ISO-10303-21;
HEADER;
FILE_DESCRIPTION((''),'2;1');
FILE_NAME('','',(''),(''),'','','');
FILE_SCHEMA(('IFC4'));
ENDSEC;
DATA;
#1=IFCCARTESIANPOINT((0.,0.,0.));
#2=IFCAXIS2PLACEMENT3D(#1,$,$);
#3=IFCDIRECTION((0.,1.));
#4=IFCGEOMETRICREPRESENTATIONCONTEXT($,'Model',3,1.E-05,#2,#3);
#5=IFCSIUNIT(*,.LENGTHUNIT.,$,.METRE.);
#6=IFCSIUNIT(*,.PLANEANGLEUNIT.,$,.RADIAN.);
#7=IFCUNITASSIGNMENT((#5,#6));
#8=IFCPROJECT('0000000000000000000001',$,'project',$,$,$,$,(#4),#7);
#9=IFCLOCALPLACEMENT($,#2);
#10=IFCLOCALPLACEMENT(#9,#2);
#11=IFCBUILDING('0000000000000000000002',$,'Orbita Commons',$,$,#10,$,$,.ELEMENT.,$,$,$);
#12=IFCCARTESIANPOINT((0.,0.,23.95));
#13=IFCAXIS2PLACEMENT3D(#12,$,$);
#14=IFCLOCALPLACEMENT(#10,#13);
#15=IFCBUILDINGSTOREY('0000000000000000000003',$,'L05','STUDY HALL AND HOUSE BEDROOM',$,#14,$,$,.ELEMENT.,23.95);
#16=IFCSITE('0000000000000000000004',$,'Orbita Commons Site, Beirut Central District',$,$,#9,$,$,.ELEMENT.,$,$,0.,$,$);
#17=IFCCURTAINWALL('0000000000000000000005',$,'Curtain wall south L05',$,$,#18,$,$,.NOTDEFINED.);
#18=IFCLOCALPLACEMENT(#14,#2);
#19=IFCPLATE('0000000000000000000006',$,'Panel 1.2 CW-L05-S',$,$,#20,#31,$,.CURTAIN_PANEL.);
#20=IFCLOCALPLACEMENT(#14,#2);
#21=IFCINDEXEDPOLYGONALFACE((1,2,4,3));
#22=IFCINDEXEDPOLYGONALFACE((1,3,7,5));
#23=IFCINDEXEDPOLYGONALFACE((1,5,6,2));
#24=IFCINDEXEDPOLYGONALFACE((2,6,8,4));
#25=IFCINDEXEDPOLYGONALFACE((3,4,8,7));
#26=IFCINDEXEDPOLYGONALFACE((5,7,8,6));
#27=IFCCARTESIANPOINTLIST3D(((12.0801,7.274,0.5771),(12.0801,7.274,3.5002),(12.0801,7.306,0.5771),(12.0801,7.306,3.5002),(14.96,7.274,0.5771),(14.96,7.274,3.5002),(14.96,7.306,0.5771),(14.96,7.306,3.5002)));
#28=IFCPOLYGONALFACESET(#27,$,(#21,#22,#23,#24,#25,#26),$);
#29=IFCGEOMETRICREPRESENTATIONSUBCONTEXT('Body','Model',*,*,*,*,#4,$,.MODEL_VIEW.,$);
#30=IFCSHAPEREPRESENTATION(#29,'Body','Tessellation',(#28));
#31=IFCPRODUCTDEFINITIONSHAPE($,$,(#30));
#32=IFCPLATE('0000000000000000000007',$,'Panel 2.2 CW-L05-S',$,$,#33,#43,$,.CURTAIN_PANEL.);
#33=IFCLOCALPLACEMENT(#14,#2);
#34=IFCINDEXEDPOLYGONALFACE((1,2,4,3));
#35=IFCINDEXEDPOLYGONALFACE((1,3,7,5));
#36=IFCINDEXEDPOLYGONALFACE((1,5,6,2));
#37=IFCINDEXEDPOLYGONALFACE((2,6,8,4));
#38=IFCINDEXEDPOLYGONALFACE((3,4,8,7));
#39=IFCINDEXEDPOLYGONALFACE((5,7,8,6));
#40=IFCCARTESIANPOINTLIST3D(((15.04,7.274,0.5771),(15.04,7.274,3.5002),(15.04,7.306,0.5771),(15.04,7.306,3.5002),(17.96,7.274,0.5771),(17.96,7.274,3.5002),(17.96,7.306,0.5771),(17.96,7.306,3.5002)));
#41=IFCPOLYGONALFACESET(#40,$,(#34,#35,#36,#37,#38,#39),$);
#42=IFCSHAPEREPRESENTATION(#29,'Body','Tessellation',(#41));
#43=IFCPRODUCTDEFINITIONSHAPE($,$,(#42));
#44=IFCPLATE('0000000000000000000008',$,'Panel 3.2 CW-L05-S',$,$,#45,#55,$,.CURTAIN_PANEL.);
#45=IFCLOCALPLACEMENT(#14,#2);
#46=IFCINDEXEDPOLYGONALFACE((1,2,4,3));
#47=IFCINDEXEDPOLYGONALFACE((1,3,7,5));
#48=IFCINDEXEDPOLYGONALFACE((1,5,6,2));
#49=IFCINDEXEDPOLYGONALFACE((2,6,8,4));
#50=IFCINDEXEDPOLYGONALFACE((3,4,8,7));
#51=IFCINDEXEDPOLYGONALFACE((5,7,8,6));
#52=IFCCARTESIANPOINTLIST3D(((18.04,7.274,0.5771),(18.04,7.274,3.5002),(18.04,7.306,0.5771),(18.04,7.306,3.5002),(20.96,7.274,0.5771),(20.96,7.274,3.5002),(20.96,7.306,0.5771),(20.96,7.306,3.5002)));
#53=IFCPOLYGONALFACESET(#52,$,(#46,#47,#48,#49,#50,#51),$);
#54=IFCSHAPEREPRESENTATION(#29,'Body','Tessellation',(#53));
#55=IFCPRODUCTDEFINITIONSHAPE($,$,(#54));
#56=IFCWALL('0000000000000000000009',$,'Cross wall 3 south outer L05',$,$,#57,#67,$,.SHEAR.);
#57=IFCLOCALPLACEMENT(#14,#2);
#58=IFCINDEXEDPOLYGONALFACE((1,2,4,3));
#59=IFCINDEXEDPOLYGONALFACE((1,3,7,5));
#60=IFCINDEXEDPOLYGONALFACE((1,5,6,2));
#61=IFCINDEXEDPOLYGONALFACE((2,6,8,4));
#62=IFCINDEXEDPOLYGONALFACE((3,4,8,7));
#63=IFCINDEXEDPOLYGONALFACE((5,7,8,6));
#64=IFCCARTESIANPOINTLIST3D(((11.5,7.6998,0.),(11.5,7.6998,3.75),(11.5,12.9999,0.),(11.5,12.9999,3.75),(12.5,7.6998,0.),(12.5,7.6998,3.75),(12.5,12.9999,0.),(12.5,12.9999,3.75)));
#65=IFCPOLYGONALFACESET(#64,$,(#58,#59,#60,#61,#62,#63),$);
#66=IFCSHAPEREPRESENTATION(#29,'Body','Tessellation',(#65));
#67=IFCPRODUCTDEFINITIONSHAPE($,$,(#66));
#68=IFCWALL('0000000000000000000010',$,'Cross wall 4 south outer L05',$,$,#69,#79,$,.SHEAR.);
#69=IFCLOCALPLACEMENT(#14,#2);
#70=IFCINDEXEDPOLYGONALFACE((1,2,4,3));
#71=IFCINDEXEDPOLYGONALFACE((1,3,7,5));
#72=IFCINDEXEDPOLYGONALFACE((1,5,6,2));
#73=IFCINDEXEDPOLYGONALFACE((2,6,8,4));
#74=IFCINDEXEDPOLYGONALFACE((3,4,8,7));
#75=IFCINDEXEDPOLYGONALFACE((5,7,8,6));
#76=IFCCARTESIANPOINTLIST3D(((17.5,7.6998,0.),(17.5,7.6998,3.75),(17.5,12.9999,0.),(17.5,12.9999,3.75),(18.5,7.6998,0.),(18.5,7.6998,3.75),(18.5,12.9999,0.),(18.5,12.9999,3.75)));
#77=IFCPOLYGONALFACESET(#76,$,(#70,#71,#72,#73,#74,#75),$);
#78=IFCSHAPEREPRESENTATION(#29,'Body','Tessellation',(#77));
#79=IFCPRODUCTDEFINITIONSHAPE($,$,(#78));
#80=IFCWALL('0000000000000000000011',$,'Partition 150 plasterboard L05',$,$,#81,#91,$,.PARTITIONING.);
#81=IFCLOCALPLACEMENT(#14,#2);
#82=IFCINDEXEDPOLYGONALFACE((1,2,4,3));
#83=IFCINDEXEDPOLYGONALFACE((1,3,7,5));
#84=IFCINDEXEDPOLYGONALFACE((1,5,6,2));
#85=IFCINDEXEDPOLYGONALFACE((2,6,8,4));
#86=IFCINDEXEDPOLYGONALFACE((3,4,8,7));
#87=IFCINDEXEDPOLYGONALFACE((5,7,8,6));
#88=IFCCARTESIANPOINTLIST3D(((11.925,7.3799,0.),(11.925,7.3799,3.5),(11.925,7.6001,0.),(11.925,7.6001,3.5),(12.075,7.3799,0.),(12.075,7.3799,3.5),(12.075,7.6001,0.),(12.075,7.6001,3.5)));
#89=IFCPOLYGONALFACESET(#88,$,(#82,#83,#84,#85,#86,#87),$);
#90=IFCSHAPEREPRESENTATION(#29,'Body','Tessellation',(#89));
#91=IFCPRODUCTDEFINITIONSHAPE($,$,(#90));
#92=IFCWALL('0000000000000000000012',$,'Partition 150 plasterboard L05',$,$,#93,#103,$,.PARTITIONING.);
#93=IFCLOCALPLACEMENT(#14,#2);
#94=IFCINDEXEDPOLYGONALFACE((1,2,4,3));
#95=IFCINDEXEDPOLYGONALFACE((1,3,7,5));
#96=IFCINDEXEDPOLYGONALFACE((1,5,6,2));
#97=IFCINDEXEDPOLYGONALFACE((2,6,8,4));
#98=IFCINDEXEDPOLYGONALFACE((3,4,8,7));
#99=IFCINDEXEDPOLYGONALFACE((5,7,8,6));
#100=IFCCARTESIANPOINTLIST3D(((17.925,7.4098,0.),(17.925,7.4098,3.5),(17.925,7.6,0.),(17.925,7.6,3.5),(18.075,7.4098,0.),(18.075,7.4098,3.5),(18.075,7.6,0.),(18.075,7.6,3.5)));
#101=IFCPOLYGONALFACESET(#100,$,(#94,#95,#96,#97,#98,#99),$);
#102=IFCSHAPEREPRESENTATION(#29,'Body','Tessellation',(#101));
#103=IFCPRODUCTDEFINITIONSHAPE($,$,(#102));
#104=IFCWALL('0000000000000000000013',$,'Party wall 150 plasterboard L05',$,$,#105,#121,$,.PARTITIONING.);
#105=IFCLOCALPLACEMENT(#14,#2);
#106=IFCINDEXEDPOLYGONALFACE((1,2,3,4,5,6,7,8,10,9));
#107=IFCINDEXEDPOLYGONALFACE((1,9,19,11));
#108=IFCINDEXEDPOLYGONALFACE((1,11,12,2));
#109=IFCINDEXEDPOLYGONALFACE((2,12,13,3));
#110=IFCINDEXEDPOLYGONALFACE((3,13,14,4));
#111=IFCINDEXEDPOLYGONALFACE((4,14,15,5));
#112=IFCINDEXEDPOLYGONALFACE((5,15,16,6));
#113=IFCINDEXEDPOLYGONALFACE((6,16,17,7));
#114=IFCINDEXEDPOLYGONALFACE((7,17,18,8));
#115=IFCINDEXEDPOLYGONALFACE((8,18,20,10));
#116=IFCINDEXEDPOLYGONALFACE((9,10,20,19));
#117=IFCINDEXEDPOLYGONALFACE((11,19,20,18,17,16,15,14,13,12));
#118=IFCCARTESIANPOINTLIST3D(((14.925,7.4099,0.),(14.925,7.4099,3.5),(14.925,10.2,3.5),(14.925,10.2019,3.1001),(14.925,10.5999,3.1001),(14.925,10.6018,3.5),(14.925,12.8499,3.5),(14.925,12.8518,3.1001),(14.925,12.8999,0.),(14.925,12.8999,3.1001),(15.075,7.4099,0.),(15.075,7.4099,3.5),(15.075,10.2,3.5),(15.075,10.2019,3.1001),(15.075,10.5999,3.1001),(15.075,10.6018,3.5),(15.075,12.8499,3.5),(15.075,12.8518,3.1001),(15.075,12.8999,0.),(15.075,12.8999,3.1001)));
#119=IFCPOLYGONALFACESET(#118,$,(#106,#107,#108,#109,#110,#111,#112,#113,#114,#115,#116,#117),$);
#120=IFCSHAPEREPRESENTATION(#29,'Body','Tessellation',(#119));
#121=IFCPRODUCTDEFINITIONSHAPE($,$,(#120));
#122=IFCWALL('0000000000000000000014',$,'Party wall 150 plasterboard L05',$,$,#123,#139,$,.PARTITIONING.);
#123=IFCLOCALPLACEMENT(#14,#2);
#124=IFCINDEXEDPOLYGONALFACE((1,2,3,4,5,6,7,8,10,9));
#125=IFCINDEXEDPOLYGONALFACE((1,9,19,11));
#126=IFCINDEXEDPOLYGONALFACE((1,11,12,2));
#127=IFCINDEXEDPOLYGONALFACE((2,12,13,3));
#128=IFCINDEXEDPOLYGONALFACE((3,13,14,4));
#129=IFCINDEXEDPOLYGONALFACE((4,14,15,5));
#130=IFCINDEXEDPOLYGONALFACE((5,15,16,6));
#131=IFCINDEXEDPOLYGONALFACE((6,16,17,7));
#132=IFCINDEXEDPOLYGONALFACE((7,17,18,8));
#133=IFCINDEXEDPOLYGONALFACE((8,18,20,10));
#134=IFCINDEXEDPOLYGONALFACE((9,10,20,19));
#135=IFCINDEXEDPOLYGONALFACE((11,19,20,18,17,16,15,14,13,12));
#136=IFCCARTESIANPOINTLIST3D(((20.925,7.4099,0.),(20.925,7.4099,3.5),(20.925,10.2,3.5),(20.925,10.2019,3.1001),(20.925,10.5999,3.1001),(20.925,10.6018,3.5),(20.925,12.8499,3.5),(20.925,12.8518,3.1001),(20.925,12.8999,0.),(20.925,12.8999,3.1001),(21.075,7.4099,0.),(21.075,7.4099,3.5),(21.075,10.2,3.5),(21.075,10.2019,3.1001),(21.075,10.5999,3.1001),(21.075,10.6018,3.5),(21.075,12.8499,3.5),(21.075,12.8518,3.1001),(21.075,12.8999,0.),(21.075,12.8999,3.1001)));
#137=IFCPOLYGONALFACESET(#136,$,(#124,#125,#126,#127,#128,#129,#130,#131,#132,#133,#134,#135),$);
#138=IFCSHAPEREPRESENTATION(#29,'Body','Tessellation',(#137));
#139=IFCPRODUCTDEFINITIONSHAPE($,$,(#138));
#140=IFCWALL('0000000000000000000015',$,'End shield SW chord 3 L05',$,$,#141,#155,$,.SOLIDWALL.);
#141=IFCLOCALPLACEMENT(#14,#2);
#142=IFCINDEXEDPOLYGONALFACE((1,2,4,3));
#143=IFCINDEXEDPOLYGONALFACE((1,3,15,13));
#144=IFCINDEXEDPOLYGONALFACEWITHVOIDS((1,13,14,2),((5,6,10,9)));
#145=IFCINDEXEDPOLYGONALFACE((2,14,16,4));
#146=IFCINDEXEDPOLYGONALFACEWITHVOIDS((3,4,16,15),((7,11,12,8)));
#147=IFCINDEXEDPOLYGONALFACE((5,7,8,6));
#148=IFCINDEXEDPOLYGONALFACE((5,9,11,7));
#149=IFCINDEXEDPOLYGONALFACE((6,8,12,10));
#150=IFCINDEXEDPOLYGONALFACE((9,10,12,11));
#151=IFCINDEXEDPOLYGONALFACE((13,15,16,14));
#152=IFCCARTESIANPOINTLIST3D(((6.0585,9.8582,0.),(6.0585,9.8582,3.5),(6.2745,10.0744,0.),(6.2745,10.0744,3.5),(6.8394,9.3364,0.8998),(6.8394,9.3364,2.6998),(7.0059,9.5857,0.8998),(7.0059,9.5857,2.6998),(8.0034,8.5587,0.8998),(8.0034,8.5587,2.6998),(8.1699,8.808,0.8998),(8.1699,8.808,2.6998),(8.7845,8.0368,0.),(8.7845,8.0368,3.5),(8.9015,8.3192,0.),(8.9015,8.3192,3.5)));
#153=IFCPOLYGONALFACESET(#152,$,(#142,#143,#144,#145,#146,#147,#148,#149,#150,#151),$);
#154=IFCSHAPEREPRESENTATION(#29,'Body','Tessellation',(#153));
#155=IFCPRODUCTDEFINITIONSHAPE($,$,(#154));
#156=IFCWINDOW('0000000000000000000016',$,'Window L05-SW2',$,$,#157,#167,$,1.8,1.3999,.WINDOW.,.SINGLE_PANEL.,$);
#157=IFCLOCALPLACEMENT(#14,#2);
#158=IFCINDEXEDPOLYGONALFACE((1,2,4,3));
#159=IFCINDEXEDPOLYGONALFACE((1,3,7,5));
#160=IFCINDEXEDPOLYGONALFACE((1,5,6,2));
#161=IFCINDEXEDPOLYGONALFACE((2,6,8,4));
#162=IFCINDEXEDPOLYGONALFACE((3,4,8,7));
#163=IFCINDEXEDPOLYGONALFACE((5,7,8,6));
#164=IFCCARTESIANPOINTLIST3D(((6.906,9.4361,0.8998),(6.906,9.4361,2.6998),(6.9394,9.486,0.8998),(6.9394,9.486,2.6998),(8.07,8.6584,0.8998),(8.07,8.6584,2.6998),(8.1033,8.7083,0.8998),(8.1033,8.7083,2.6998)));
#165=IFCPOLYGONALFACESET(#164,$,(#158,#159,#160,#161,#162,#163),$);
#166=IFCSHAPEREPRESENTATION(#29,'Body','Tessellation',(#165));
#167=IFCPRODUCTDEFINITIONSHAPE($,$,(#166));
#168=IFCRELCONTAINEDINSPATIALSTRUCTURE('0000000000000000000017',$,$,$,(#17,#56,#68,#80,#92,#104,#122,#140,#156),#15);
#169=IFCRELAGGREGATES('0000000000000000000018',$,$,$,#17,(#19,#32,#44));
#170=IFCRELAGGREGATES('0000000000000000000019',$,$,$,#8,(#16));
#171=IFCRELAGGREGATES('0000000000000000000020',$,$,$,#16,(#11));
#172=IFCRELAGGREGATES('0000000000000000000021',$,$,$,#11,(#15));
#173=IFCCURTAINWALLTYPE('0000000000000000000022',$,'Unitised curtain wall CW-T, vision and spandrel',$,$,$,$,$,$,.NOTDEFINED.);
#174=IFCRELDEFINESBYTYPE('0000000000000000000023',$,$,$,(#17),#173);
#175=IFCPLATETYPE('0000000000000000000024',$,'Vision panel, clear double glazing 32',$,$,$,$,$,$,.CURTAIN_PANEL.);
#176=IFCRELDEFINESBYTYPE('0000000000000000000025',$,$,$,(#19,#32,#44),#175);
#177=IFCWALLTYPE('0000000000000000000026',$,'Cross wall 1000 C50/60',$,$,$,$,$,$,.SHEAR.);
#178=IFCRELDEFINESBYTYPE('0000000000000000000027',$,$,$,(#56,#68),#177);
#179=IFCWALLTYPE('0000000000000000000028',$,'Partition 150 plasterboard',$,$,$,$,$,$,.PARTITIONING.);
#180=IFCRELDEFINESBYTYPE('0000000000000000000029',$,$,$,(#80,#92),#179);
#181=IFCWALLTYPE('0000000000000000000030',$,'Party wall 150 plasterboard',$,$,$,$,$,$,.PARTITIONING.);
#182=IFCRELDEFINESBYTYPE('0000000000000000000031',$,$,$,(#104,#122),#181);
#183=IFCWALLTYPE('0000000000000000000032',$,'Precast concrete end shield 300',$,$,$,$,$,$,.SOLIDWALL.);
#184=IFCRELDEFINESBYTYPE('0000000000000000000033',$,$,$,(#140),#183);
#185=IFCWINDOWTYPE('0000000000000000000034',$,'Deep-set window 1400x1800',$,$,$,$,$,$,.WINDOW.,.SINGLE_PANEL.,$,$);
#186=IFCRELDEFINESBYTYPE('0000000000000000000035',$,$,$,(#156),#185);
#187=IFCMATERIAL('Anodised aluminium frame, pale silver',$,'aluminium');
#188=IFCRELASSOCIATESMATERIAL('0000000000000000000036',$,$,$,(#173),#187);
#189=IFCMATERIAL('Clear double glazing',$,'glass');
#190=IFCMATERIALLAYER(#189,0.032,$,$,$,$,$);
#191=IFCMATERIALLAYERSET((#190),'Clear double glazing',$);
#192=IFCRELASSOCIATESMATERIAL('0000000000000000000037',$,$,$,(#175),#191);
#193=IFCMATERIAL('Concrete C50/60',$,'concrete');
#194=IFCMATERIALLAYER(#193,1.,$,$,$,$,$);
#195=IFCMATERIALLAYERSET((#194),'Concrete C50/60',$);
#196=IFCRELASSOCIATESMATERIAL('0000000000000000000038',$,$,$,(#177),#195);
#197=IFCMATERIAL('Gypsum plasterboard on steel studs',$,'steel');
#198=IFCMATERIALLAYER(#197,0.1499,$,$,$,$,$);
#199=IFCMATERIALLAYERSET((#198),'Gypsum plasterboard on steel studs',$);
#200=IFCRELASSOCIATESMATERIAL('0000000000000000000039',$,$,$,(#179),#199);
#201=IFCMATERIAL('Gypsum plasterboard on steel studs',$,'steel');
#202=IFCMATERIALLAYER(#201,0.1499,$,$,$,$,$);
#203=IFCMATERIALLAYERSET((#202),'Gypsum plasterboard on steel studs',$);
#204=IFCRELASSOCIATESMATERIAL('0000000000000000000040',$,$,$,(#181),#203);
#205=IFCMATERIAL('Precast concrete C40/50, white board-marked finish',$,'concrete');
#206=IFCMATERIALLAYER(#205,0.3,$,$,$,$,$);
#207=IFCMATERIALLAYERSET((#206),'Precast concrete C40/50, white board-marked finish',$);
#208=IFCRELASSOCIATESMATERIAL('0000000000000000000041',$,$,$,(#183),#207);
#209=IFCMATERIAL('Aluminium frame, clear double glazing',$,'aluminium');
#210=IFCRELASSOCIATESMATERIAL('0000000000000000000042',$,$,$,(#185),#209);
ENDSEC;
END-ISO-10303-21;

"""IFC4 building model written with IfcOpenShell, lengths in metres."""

from ifc_helpers import new_model, si_unit, direction, frame, frame_2d, origin, origin_2d, place, context, subcontext, project, spatial, polyline, rectangle, outline, extrude, material, layer, layer_set, type_object, element, fill, aggregate, save


model = new_model("IFC4")

# Units and contexts
model_context = context("Model", 3, precision=1e-05, world=origin(), true_north=direction((0.0, 1.0)))
body_context = subcontext(model_context, "Body", "Model", "MODEL_VIEW")
ifc_project = project(units=[si_unit("LENGTHUNIT", "METRE"), si_unit("PLANEANGLEUNIT", "RADIAN")], contexts=[model_context])

# Site, building, storey
site_placement = place(None, origin())
site = spatial("IfcSite", under=ifc_project, at=site_placement, Name="Orbita Commons Site, Beirut Central District", CompositionType="ELEMENT", RefElevation=0.0)
building_placement = place(site_placement, origin())
building = spatial("IfcBuilding", under=site, at=building_placement, Name="Orbita Commons", CompositionType="ELEMENT")
storey_placement = place(building_placement, frame((0.0, 0.0, 23.95)))
storey = spatial("IfcBuildingStorey", under=building, at=storey_placement, Name="L05", Description="STUDY HALL AND HOUSE BEDROOM", CompositionType="ELEMENT", Elevation=23.95)

# Curtain wall
ifc_material_1 = material(Name="Anodised aluminium frame, pale silver", Category="aluminium")
curtain_wall_type = type_object("IfcCurtainWallType", Name="Unitised curtain wall CW-T, vision and spandrel", PredefinedType="NOTDEFINED", material=ifc_material_1)
curtain_wall_placement = place(storey_placement, origin())
curtain_wall = element("IfcCurtainWall", 1, at=curtain_wall_placement, inside=storey, type_object=curtain_wall_type, Name="Curtain wall south L05", PredefinedType="NOTDEFINED")

# Plates
ifc_material_2 = material(Name="Clear double glazing", Category="glass")
ifc_layer_1 = layer(ifc_material_2, 0.032)
ifc_layer_set_1 = layer_set([ifc_layer_1], Name="Clear double glazing")
plate_type_1 = type_object("IfcPlateType", Name="Vision panel, clear double glazing 32", PredefinedType="CURTAIN_PANEL", material=ifc_layer_set_1)
plate_1_placement = place(storey_placement, frame((13.52, 7.29, 0.5771), z_axis=(0.0, 0.0, 1.0), x_axis=(1.0, 0.0, 0.0)))
plate_1 = element("IfcPlate", 2, at=plate_1_placement, type_object=plate_type_1, Name="Panel 1.2 CW-L05-S", PredefinedType="CURTAIN_PANEL", context=body_context, shape_type="SweptSolid", body=[
    extrude(rectangle(XDim=2.8799, YDim=0.032, at=origin_2d()), origin(), (0.0, 0.0, 1.0), 2.9231),
])
plate_2_placement = place(storey_placement, frame((16.5, 7.29, 0.5771), z_axis=(0.0, 0.0, 1.0), x_axis=(1.0, 0.0, 0.0)))
plate_2 = element("IfcPlate", 3, at=plate_2_placement, type_object=plate_type_1, Name="Panel 2.2 CW-L05-S", PredefinedType="CURTAIN_PANEL", context=body_context, shape_type="SweptSolid", body=[
    extrude(rectangle(XDim=2.9199, YDim=0.032, at=origin_2d()), origin(), (0.0, 0.0, 1.0), 2.9231),
])
plate_3_placement = place(storey_placement, frame((19.5, 7.29, 0.5771), z_axis=(0.0, 0.0, 1.0), x_axis=(1.0, 0.0, 0.0)))
plate_3 = element("IfcPlate", 4, at=plate_3_placement, type_object=plate_type_1, Name="Panel 3.2 CW-L05-S", PredefinedType="CURTAIN_PANEL", context=body_context, shape_type="SweptSolid", body=[
    extrude(rectangle(XDim=2.9199, YDim=0.032, at=origin_2d()), origin(), (0.0, 0.0, 1.0), 2.9231),
])
aggregate(curtain_wall, [plate_1, plate_2, plate_3])

# Walls
ifc_material_3 = material(Name="Concrete C50/60", Category="concrete")
ifc_layer_2 = layer(ifc_material_3, 1.0)
ifc_layer_set_2 = layer_set([ifc_layer_2], Name="Concrete C50/60")
wall_type_1 = type_object("IfcWallType", Name="Cross wall 1000 C50/60", PredefinedType="SHEAR", material=ifc_layer_set_2)
for number, where, z_axis, x_axis, name in (
    (5, (12.0, 7.7, 0.0), (0.0, 0.0, 1.0), (0.0, 1.0, 0.0), "Cross wall 3 south outer L05"),
    (6, (18.0, 7.7, 0.0), (0.0, 0.0, 1.0), (0.0, 1.0, 0.0), "Cross wall 4 south outer L05"),
):
    element("IfcWall", number, at=place(storey_placement, frame(where, z_axis=z_axis, x_axis=x_axis)), inside=storey, type_object=wall_type_1, Name=name, PredefinedType="SHEAR", context=body_context, shape_type="SweptSolid", body=[
        extrude(rectangle(XDim=5.3, YDim=1.0, at=frame_2d((2.6499, 0.0))), origin(), (0.0, 0.0, 1.0), 3.75),
    ])
ifc_material_4 = material(Name="Gypsum plasterboard on steel studs", Category="steel")
ifc_layer_3 = layer(ifc_material_4, 0.1499)
ifc_layer_set_3 = layer_set([ifc_layer_3], Name="Gypsum plasterboard on steel studs")
wall_type_2 = type_object("IfcWallType", Name="Partition 150 plasterboard", PredefinedType="PARTITIONING", material=ifc_layer_set_3)
wall_1_placement = place(storey_placement, frame((12.0, 7.6001, 0.0), z_axis=(0.0, 0.0, 1.0), x_axis=(0.0, -1.0, 0.0)))
element("IfcWall", 7, at=wall_1_placement, inside=storey, type_object=wall_type_2, Name="Partition 150 plasterboard L05", PredefinedType="PARTITIONING", context=body_context, shape_type="SweptSolid", body=[
    extrude(rectangle(XDim=0.2202, YDim=0.1499, at=frame_2d((0.1101, 0.0))), origin(), (0.0, 0.0, 1.0), 3.5),
])
wall_2_placement = place(storey_placement, frame((18.0, 7.6001, 0.0), z_axis=(0.0, 0.0, 1.0), x_axis=(0.0, -1.0, 0.0)))
element("IfcWall", 8, at=wall_2_placement, inside=storey, type_object=wall_type_2, Name="Partition 150 plasterboard L05", PredefinedType="PARTITIONING", context=body_context, shape_type="SweptSolid", body=[
    extrude(rectangle(XDim=0.1902, YDim=0.1499, at=frame_2d((0.0952, 0.0))), origin(), (0.0, 0.0, 1.0), 3.5),
])
ifc_material_5 = material(Name="Gypsum plasterboard on steel studs", Category="steel")
ifc_layer_4 = layer(ifc_material_5, 0.1499)
ifc_layer_set_4 = layer_set([ifc_layer_4], Name="Gypsum plasterboard on steel studs")
wall_type_3 = type_object("IfcWallType", Name="Party wall 150 plasterboard", PredefinedType="PARTITIONING", material=ifc_layer_set_4)
for number, where, z_axis, x_axis, name in (
    (9, (15.0, 7.4099, 0.0), (0.0, 0.0, 1.0), (0.0, 1.0, 0.0), "Party wall 150 plasterboard L05"),
    (10, (21.0, 7.4099, 0.0), (0.0, 0.0, 1.0), (0.0, 1.0, 0.0), "Party wall 150 plasterboard L05"),
):
    element("IfcWall", number, at=place(storey_placement, frame(where, z_axis=z_axis, x_axis=x_axis)), inside=storey, type_object=wall_type_3, Name=name, PredefinedType="PARTITIONING", context=body_context, shape_type="SweptSolid", body=[
        extrude(outline(polyline([(0.0, 0.0), (5.49, 0.0), (5.49, 3.1001), (5.4419, 3.1001), (5.4399, 3.5), (3.1919, 3.5), (3.1899, 3.1001), (2.792, 3.1001), (2.79, 3.5), (0.0, 3.5), (0.0, 0.0)])), frame((0.0, 0.075, 0.0), z_axis=(0.0, -1.0, 0.0), x_axis=(1.0, 0.0, 0.0)), (0.0, 0.0, 1.0), 0.1499),
    ])

# Wall, opening, window
ifc_material_6 = material(Name="Precast concrete C40/50, white board-marked finish", Category="concrete")
ifc_layer_5 = layer(ifc_material_6, 0.3)
ifc_layer_set_5 = layer_set([ifc_layer_5], Name="Precast concrete C40/50, white board-marked finish")
wall_type_4 = type_object("IfcWallType", Name="Precast concrete end shield 300", PredefinedType="SOLIDWALL", material=ifc_layer_set_5)
wall_3_placement = place(storey_placement, frame((6.1665, 9.9663, 0.0), z_axis=(0.0, 0.0, 1.0), x_axis=(0.831478, -0.555558, 0.0)))
wall_3 = element("IfcWall", 11, at=wall_3_placement, inside=storey, type_object=wall_type_4, Name="End shield SW chord 3 L05", PredefinedType="SOLIDWALL", context=body_context, shape_type="SweptSolid", body=[
    extrude(outline(polyline([(-0.0298, -0.1499), (3.2488, -0.1499), (3.1892, 0.1499), (0.0298, 0.1499), (-0.0298, -0.1499)])), origin(), (0.0, 0.0, 1.0), 3.5),
])
opening_1_placement = place(wall_3_placement, frame((0.9094, 0.0, 0.8999)))
opening_1 = element("IfcOpeningElement", 12, at=opening_1_placement, cuts=wall_3, PredefinedType="OPENING", context=body_context, shape_type="SweptSolid", body=[
    extrude(rectangle(XDim=1.3999, YDim=1.8, at=frame_2d((0.7, 0.8999))), frame((0.0, 0.1599, 0.0), z_axis=(0.0, -1.0, 0.0), x_axis=(1.0, 0.0, 0.0)), (0.0, 0.0, 1.0), 0.3201),
])
ifc_material_7 = material(Name="Aluminium frame, clear double glazing", Category="aluminium")
window_type = type_object("IfcWindowType", Name="Deep-set window 1400x1800", PartitioningType="SINGLE_PANEL", PredefinedType="WINDOW", material=ifc_material_7)
window_1_placement = place(opening_1_placement, origin())
window_1 = element("IfcWindow", 13, at=window_1_placement, inside=storey, type_object=window_type, Name="Window L05-SW2", OverallHeight=1.8, OverallWidth=1.3999, PartitioningType="SINGLE_PANEL", PredefinedType="WINDOW", context=body_context, shape_type="SweptSolid", body=[
    extrude(rectangle(XDim=1.3999, YDim=1.8, at=frame_2d((0.7, 0.8999))), frame((0.0, 0.03, 0.0), z_axis=(0.0, -1.0, 0.0), x_axis=(1.0, 0.0, 0.0)), (0.0, 0.0, 1.0), 0.0601),
])
fill(opening_1, window_1)

save(model, "model.ifc")
